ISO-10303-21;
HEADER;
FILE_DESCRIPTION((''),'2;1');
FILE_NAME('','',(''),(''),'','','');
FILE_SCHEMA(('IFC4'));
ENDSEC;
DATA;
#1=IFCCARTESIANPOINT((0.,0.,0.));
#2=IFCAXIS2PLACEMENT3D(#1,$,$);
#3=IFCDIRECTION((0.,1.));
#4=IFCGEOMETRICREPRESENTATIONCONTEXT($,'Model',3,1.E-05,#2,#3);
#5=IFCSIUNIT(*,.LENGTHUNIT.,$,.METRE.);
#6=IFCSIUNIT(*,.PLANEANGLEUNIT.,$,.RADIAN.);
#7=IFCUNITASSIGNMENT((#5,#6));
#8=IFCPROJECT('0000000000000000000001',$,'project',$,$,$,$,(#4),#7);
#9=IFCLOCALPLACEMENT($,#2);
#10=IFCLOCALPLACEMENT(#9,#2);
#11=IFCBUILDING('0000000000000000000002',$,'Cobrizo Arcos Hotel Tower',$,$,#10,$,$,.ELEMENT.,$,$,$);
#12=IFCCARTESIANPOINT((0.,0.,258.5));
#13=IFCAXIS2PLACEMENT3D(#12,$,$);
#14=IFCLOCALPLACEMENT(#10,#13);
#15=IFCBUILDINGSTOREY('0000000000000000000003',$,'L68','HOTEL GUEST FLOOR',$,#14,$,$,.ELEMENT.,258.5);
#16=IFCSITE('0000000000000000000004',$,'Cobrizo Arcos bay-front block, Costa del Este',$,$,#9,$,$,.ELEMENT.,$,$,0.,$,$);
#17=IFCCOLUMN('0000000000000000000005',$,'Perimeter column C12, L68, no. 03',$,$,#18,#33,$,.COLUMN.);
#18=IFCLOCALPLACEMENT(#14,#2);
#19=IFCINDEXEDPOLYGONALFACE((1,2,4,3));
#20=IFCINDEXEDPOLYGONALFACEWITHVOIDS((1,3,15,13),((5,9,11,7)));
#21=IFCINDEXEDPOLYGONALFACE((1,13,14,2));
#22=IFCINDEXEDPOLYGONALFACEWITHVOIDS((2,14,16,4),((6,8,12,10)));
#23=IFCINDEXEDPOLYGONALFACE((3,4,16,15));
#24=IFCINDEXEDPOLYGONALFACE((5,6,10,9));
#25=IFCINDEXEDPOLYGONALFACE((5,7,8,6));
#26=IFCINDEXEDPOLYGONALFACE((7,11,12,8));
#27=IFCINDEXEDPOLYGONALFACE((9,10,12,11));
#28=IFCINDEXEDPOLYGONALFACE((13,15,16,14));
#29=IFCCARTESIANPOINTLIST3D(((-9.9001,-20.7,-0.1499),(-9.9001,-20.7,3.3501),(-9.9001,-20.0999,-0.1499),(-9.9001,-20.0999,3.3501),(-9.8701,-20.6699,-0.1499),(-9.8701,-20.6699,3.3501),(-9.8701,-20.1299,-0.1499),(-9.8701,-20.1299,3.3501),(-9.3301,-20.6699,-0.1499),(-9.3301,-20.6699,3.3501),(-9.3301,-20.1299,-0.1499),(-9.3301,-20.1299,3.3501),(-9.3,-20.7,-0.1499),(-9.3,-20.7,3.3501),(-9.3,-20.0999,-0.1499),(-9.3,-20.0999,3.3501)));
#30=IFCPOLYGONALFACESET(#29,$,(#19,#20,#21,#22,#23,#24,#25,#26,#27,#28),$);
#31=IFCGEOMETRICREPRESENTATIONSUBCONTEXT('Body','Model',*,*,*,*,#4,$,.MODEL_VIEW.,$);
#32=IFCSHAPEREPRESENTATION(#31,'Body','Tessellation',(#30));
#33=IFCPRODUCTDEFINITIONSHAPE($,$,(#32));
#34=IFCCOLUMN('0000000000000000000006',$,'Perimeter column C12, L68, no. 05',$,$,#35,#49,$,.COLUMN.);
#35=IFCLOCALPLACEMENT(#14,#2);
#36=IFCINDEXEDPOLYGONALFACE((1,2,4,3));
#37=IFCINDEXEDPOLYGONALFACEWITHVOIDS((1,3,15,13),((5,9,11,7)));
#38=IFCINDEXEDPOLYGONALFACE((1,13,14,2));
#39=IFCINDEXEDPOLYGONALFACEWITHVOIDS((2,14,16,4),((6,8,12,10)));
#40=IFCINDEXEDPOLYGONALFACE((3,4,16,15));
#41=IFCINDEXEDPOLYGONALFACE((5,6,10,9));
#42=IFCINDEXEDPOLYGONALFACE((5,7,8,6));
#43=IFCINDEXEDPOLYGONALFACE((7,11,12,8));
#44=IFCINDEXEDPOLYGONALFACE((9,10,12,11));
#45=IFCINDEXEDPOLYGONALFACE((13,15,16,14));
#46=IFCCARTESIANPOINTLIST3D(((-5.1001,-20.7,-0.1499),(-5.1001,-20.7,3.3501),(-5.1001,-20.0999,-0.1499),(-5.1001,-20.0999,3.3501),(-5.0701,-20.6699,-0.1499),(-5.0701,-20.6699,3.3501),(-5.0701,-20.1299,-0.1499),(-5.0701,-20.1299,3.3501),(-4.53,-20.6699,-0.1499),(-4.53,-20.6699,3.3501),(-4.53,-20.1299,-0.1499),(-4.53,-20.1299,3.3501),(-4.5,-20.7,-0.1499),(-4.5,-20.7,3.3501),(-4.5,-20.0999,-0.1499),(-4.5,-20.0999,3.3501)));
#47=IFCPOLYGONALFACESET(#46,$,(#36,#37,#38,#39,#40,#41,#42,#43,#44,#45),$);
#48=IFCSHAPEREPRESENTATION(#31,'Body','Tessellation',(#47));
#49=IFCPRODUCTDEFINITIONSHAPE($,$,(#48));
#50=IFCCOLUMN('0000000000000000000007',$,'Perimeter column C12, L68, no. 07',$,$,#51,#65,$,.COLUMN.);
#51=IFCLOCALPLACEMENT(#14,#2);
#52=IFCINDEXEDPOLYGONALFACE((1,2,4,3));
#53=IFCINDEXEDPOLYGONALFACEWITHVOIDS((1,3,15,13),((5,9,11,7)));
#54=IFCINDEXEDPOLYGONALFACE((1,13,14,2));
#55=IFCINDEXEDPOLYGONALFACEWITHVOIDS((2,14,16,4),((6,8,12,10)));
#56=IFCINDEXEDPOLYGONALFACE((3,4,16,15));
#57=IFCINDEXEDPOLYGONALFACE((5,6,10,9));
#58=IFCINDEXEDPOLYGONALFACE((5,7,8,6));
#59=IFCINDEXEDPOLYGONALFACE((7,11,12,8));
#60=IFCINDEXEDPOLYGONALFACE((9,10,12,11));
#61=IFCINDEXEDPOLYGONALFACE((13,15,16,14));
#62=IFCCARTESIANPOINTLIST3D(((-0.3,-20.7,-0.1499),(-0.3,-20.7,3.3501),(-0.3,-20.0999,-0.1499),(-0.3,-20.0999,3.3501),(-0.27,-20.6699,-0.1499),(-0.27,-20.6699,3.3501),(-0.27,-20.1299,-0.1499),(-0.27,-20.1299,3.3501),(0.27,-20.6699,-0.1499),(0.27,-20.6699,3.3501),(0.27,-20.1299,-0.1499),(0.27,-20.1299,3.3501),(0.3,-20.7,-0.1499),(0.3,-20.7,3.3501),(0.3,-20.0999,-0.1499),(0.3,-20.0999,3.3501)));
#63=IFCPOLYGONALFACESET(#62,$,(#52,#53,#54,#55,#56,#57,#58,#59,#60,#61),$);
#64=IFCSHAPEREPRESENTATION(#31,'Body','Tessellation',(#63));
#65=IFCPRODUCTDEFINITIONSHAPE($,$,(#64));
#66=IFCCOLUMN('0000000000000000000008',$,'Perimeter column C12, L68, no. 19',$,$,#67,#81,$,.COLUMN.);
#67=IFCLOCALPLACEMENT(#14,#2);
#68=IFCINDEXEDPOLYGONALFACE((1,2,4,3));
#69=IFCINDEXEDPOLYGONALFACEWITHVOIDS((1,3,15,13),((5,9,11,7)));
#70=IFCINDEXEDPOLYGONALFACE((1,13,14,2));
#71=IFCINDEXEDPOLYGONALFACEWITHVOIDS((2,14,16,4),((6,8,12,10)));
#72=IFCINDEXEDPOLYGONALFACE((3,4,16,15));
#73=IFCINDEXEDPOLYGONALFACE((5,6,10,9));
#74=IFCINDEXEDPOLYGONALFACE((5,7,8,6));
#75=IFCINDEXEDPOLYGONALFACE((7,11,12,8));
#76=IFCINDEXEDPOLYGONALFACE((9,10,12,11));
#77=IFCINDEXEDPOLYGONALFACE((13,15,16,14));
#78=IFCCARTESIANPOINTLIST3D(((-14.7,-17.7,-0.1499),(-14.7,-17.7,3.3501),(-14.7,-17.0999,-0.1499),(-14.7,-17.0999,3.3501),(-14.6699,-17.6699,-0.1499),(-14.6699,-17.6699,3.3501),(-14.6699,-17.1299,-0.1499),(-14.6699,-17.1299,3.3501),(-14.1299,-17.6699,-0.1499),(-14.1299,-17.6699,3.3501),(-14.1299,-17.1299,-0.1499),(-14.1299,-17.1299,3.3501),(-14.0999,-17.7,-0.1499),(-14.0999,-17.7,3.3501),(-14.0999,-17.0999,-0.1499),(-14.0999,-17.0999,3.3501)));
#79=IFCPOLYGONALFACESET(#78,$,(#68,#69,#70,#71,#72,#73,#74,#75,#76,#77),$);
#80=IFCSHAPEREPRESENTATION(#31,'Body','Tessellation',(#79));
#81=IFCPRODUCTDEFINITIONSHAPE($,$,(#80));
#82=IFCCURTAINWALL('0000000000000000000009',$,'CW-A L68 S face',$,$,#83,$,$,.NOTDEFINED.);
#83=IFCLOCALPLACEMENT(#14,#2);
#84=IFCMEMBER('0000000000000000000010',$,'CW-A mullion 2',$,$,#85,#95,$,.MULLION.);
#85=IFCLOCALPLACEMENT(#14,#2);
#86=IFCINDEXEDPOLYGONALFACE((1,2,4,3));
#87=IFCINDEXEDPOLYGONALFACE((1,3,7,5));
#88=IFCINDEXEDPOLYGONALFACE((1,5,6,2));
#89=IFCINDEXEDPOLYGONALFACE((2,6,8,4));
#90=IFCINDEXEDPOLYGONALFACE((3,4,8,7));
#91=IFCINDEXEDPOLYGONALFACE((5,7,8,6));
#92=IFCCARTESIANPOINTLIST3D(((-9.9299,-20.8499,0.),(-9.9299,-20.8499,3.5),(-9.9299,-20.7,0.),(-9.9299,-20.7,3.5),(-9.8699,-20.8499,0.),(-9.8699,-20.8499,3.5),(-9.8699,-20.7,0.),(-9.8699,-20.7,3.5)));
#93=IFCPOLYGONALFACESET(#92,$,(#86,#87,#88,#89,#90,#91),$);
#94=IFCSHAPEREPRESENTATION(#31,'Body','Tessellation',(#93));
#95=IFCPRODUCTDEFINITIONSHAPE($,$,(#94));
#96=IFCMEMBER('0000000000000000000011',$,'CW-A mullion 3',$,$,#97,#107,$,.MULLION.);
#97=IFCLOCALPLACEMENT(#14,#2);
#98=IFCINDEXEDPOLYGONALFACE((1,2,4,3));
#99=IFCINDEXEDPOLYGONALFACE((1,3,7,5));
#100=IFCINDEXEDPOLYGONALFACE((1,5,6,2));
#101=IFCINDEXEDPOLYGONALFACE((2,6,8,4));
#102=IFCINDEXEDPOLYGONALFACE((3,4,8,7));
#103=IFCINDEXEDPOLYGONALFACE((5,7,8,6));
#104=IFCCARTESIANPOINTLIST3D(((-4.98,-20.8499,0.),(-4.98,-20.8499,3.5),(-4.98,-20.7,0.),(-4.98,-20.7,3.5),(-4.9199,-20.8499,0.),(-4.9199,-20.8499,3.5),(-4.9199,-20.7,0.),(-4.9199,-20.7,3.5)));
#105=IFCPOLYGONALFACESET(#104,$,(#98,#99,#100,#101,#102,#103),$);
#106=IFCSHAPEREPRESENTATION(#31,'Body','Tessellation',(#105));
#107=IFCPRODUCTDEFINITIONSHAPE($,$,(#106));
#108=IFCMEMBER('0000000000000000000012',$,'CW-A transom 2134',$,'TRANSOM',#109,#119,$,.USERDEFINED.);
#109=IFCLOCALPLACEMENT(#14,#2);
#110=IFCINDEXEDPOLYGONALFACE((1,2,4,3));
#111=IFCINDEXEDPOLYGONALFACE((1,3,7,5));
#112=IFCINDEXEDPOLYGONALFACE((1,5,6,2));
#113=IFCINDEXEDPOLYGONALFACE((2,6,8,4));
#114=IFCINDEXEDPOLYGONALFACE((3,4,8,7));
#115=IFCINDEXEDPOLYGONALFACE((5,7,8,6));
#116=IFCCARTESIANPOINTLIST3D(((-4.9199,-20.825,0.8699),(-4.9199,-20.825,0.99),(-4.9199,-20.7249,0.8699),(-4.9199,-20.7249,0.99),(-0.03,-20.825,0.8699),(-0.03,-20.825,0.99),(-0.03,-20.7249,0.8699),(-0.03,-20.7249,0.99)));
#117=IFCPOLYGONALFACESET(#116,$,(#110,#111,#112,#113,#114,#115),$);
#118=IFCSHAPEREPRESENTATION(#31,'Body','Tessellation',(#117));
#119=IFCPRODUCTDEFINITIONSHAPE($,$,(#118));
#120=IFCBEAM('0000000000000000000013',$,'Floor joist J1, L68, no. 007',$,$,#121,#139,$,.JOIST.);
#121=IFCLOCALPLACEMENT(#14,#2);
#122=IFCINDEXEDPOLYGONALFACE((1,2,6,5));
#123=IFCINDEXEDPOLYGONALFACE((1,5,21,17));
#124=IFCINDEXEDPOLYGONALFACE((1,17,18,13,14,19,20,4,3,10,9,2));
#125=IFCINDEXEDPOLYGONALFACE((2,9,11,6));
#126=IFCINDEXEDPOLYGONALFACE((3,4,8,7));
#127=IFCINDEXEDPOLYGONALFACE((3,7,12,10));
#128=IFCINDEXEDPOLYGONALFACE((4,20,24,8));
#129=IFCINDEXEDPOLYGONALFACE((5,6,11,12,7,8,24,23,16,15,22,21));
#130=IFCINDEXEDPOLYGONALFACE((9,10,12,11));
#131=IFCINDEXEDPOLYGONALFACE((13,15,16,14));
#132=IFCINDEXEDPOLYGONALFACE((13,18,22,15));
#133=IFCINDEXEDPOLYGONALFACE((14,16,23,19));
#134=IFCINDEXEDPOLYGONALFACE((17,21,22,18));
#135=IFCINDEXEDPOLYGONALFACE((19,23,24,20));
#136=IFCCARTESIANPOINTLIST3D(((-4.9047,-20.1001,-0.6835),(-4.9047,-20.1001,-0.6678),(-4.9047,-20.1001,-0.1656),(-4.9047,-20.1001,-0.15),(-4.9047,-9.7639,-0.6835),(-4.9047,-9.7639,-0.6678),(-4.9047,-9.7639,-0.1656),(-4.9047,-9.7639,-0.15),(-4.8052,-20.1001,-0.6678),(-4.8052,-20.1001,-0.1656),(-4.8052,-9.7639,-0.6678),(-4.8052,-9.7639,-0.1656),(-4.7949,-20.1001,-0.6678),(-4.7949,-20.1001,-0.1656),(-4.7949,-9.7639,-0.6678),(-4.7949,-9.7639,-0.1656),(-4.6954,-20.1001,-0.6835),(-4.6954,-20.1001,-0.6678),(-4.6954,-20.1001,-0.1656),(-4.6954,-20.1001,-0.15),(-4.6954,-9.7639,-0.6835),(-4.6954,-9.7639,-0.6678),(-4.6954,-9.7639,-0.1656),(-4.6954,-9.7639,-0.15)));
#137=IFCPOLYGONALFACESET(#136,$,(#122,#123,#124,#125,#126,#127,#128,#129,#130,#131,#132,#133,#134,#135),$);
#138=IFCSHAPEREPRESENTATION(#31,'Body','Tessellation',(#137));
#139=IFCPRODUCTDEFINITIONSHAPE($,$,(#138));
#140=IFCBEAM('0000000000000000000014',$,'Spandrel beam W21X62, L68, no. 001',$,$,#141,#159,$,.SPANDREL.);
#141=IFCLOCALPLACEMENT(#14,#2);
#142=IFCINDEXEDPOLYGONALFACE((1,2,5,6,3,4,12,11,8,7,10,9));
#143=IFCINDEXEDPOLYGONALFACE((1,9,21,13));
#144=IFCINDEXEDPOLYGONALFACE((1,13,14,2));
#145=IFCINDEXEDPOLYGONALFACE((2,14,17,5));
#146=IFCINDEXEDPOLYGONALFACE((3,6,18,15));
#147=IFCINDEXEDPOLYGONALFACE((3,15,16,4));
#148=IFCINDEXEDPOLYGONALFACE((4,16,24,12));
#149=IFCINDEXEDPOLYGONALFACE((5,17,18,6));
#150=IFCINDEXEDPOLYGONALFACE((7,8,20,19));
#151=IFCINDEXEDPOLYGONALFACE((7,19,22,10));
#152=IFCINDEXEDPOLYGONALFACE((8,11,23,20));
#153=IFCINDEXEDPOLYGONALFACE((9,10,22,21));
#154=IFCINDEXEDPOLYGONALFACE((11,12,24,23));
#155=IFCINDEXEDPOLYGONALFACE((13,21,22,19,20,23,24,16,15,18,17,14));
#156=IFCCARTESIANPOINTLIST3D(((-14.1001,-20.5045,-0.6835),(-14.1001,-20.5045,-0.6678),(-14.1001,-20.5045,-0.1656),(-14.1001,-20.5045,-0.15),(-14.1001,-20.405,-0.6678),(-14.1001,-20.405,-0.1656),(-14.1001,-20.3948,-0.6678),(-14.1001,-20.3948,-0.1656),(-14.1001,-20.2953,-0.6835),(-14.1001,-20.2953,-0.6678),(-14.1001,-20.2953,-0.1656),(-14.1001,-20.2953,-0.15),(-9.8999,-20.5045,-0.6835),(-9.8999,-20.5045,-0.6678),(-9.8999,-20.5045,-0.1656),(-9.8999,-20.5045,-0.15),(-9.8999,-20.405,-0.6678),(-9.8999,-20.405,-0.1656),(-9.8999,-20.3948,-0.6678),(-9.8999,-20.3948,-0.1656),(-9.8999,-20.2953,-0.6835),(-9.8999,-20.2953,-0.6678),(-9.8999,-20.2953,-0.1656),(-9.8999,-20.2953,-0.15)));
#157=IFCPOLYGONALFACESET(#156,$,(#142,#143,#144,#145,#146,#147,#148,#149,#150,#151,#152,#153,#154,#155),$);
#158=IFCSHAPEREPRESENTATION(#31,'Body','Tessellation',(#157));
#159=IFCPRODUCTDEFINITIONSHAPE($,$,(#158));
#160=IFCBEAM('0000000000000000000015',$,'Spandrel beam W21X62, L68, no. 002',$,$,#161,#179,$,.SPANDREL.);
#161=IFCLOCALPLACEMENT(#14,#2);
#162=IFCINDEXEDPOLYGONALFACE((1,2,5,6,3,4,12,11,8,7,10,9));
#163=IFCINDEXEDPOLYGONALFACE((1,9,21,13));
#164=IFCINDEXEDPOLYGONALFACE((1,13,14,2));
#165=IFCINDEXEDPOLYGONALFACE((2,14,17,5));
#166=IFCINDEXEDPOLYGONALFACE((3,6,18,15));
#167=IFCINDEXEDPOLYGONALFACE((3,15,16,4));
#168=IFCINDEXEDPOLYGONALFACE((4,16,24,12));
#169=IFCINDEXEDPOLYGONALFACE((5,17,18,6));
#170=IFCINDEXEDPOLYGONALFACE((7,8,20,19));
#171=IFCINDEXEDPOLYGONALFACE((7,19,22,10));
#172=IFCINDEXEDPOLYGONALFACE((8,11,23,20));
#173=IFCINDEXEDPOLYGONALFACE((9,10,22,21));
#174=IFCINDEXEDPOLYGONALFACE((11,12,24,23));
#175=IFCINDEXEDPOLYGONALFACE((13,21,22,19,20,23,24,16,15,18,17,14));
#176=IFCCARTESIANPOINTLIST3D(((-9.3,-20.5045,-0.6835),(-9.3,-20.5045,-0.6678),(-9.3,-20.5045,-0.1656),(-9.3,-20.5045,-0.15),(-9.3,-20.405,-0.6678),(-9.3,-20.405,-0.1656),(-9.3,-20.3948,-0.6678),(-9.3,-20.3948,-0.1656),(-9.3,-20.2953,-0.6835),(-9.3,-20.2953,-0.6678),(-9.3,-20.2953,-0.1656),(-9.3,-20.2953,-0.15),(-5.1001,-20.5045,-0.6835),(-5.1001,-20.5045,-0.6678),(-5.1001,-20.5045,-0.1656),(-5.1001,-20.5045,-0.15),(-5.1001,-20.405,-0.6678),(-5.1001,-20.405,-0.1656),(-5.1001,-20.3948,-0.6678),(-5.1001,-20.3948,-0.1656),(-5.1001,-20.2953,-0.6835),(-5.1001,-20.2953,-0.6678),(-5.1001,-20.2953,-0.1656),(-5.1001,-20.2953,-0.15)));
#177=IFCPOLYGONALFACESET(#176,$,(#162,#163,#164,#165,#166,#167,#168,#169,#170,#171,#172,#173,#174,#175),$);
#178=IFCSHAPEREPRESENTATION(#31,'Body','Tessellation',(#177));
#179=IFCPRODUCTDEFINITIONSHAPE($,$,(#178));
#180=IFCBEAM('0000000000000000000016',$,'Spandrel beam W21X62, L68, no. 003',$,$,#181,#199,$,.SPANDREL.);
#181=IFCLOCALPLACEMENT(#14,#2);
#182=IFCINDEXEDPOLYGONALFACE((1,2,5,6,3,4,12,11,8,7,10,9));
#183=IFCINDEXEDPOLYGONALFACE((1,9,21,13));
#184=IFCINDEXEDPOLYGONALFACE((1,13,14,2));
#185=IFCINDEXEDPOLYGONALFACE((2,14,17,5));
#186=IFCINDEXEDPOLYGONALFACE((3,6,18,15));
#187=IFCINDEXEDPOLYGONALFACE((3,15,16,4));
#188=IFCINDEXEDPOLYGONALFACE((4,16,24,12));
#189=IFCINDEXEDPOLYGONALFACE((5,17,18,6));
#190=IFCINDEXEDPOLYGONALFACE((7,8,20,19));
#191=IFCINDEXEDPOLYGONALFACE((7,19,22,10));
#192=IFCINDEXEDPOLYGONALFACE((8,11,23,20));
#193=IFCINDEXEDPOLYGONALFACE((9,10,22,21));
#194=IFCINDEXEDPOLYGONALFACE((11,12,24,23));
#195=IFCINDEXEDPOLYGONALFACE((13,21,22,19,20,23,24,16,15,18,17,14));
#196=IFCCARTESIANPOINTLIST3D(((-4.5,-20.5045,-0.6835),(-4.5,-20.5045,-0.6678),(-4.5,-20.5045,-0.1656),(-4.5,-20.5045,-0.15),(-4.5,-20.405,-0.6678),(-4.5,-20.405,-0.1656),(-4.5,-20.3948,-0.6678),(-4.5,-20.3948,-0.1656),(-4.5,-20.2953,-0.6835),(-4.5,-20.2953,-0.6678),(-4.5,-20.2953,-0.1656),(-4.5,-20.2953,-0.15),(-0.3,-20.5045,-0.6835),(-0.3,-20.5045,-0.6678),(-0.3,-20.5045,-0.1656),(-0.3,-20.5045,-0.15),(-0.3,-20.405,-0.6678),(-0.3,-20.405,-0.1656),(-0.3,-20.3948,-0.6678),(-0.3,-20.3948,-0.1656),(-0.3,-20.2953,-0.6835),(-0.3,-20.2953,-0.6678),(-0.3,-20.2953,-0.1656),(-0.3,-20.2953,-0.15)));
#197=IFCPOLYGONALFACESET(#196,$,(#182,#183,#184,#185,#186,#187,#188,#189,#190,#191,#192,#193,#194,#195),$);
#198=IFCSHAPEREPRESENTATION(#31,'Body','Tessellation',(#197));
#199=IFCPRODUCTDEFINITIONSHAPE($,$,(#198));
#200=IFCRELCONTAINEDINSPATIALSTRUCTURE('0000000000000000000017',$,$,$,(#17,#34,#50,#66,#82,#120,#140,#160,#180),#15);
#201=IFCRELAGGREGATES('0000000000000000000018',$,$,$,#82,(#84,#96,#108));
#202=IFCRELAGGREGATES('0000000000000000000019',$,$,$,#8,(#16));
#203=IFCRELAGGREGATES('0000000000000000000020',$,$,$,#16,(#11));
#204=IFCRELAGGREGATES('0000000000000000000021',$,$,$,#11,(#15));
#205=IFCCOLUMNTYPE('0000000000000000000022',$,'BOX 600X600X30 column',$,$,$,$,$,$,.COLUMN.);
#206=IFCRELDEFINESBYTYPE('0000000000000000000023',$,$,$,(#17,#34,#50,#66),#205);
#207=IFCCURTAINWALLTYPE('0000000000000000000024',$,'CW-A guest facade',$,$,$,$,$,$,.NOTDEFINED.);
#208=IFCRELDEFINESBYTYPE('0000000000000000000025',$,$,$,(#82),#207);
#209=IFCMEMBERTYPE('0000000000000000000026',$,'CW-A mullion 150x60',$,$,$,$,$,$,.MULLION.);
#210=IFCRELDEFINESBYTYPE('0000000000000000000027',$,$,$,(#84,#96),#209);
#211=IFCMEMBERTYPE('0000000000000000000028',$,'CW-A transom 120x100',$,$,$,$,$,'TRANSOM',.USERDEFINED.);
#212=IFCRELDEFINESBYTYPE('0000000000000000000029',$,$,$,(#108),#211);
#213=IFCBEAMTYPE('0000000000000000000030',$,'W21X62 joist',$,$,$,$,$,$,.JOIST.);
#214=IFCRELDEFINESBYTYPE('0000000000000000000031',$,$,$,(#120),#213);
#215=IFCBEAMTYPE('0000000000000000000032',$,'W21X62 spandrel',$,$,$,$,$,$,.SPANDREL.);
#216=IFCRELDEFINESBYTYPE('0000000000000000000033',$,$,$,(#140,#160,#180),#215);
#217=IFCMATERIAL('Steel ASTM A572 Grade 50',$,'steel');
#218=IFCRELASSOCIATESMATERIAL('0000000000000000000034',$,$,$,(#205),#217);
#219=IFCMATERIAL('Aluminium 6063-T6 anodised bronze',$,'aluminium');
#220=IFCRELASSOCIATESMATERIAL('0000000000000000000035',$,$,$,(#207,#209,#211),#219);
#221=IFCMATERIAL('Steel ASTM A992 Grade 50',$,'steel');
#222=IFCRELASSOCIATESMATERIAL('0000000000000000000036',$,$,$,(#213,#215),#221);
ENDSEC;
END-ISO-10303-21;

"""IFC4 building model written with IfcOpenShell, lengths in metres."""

from ifc_helpers import new_model, si_unit, direction, frame, origin, origin_2d, place, context, subcontext, project, spatial, rectangle, hollow_rectangle, i_section, extrude, material, material_profile, profile_set, type_object, element, aggregate, save


model = new_model("IFC4")

# Units and contexts
model_context = context("Model", 3, precision=1e-05, world=origin(), true_north=direction((0.0, 1.0)))
body_context = subcontext(model_context, "Body", "Model", "MODEL_VIEW")
ifc_project = project(units=[si_unit("LENGTHUNIT", "METRE"), si_unit("PLANEANGLEUNIT", "RADIAN")], contexts=[model_context])

# Site, building, storey
site_placement = place(None, origin())
site = spatial("IfcSite", under=ifc_project, at=site_placement, Name="Cobrizo Arcos bay-front block, Costa del Este", CompositionType="ELEMENT", RefElevation=0.0)
building_placement = place(site_placement, origin())
building = spatial("IfcBuilding", under=site, at=building_placement, Name="Cobrizo Arcos Hotel Tower", CompositionType="ELEMENT")
storey_placement = place(building_placement, frame((0.0, 0.0, 258.5)))
storey = spatial("IfcBuildingStorey", under=building, at=storey_placement, Name="L68", Description="HOTEL GUEST FLOOR", CompositionType="ELEMENT", Elevation=258.5)

# Columns
ifc_material_1 = material(Name="Steel ASTM A572 Grade 50", Category="steel")
ifc_material_profile_1 = material_profile(ifc_material_1, hollow_rectangle(XDim=0.6001, YDim=0.6001, WallThickness=0.03, at=origin_2d()), Name="BOX 600X600X30")
ifc_profile_set_1 = profile_set([ifc_material_profile_1], Name="Steel ASTM A572 Grade 50")
column_type = type_object("IfcColumnType", Name="BOX 600X600X30 column", PredefinedType="COLUMN", material=ifc_profile_set_1)
for number, where, z_axis, x_axis, name in (
    (1, (-9.6001, -20.3999, -0.1499), (0.0, 0.0, 1.0), (1.0, 0.0, 0.0), "Perimeter column C12, L68, no. 03"),
    (2, (-4.8, -20.3999, -0.1499), (0.0, 0.0, 1.0), (1.0, 0.0, 0.0), "Perimeter column C12, L68, no. 05"),
    (3, (0.0, -20.3999, -0.1499), (0.0, 0.0, 1.0), (1.0, 0.0, 0.0), "Perimeter column C12, L68, no. 07"),
    (4, (-14.3999, -17.3999, -0.1499), (0.0, 0.0, 1.0), (1.0, 0.0, 0.0), "Perimeter column C12, L68, no. 19"),
):
    element("IfcColumn", number, at=place(storey_placement, frame(where, z_axis=z_axis, x_axis=x_axis)), inside=storey, type_object=column_type, Name=name, PredefinedType="COLUMN", context=body_context, shape_type="SweptSolid", body=[
        extrude(hollow_rectangle(XDim=0.6001, YDim=0.6001, WallThickness=0.03, at=origin_2d()), origin(), (0.0, 0.0, 1.0), 3.5),
    ])

# Curtain wall, members
ifc_material_2 = material(Name="Aluminium 6063-T6 anodised bronze", Category="aluminium")
curtain_wall_type = type_object("IfcCurtainWallType", Name="CW-A guest facade", PredefinedType="NOTDEFINED", material=ifc_material_2)
curtain_wall_placement = place(storey_placement, origin())
curtain_wall = element("IfcCurtainWall", 5, at=curtain_wall_placement, inside=storey, type_object=curtain_wall_type, Name="CW-A L68 S face", PredefinedType="NOTDEFINED")
ifc_material_profile_2 = material_profile(ifc_material_2, rectangle(XDim=0.1499, YDim=0.0601, at=origin_2d()), Name="CW-A mullion 150x60")
ifc_profile_set_2 = profile_set([ifc_material_profile_2], Name="Aluminium 6063-T6 anodised bronze")
member_type_1 = type_object("IfcMemberType", Name="CW-A mullion 150x60", PredefinedType="MULLION", material=ifc_profile_set_2)
member_1_placement = place(storey_placement, frame((-9.8999, -20.7749, 0.0), z_axis=(0.0, 0.0, 1.0), x_axis=(0.0, -1.0, 0.0)))
member_1 = element("IfcMember", 6, at=member_1_placement, type_object=member_type_1, Name="CW-A mullion 2", PredefinedType="MULLION", context=body_context, shape_type="SweptSolid", body=[
    extrude(rectangle(XDim=0.1499, YDim=0.0601, at=origin_2d()), origin(), (0.0, 0.0, 1.0), 3.5),
])
member_2_placement = place(storey_placement, frame((-4.95, -20.7749, 0.0), z_axis=(0.0, 0.0, 1.0), x_axis=(0.0, -1.0, 0.0)))
member_2 = element("IfcMember", 7, at=member_2_placement, type_object=member_type_1, Name="CW-A mullion 3", PredefinedType="MULLION", context=body_context, shape_type="SweptSolid", body=[
    extrude(rectangle(XDim=0.1499, YDim=0.0601, at=origin_2d()), origin(), (0.0, 0.0, 1.0), 3.5),
])
ifc_material_profile_3 = material_profile(ifc_material_2, rectangle(XDim=0.1001, YDim=0.1201, at=origin_2d()), Name="CW-A transom 120x100")
ifc_profile_set_3 = profile_set([ifc_material_profile_3], Name="Aluminium 6063-T6 anodised bronze")
member_type_2 = type_object("IfcMemberType", Name="CW-A transom 120x100", ElementType="TRANSOM", PredefinedType="USERDEFINED", material=ifc_profile_set_3)
member_3_placement = place(storey_placement, frame((-4.9199, -20.7749, 0.9299), z_axis=(1.0, 0.0, 0.0), x_axis=(0.0, 1.0, 0.0)))
member_3 = element("IfcMember", 8, at=member_3_placement, type_object=member_type_2, Name="CW-A transom 2134", ObjectType="TRANSOM", PredefinedType="USERDEFINED", context=body_context, shape_type="SweptSolid", body=[
    extrude(rectangle(XDim=0.1001, YDim=0.1201, at=origin_2d()), origin(), (0.0, 0.0, 1.0), 4.8899),
])

# Beams
ifc_material_3 = material(Name="Steel ASTM A992 Grade 50", Category="steel")
ifc_material_profile_4 = material_profile(ifc_material_3, i_section(OverallWidth=0.2092, OverallDepth=0.5334, WebThickness=0.0103, FlangeThickness=0.0156, at=origin_2d()), Name="W21X62")
ifc_profile_set_4 = profile_set([ifc_material_profile_4], Name="Steel ASTM A992 Grade 50")
beam_type_1 = type_object("IfcBeamType", Name="W21X62 joist", PredefinedType="JOIST", material=ifc_profile_set_4)
beam_1_placement = place(storey_placement, frame((-4.8, -20.1001, -0.4167), z_axis=(0.0, 1.0, 0.0), x_axis=(-1.0, 0.0, 0.0)))
element("IfcBeam", 9, at=beam_1_placement, inside=storey, type_object=beam_type_1, Name="Floor joist J1, L68, no. 007", PredefinedType="JOIST", context=body_context, shape_type="SweptSolid", body=[
    extrude(i_section(OverallWidth=0.2092, OverallDepth=0.5334, WebThickness=0.0103, FlangeThickness=0.0156, at=origin_2d()), origin(), (0.0, 0.0, 1.0), 10.3362),
])
ifc_material_profile_5 = material_profile(ifc_material_3, i_section(OverallWidth=0.2092, OverallDepth=0.5334, WebThickness=0.0103, FlangeThickness=0.0156, at=origin_2d()), Name="W21X62")
ifc_profile_set_5 = profile_set([ifc_material_profile_5], Name="Steel ASTM A992 Grade 50")
beam_type_2 = type_object("IfcBeamType", Name="W21X62 spandrel", PredefinedType="SPANDREL", material=ifc_profile_set_5)
beam_2_placement = place(storey_placement, frame((-14.1001, -20.3999, -0.4167), z_axis=(1.0, 0.0, 0.0), x_axis=(0.0, 1.0, 0.0)))
element("IfcBeam", 10, at=beam_2_placement, inside=storey, type_object=beam_type_2, Name="Spandrel beam W21X62, L68, no. 001", PredefinedType="SPANDREL", context=body_context, shape_type="SweptSolid", body=[
    extrude(i_section(OverallWidth=0.2092, OverallDepth=0.5334, WebThickness=0.0103, FlangeThickness=0.0156, at=origin_2d()), origin(), (0.0, 0.0, 1.0), 4.2002),
])
for number, where, z_axis, x_axis, name in (
    (11, (-9.3, -20.3999, -0.4167), (1.0, 0.0, 0.0), (0.0, 1.0, 0.0), "Spandrel beam W21X62, L68, no. 002"),
    (12, (-4.5, -20.3999, -0.4167), (1.0, 0.0, 0.0), (0.0, 1.0, 0.0), "Spandrel beam W21X62, L68, no. 003"),
):
    element("IfcBeam", number, at=place(storey_placement, frame(where, z_axis=z_axis, x_axis=x_axis)), inside=storey, type_object=beam_type_2, Name=name, PredefinedType="SPANDREL", context=body_context, shape_type="SweptSolid", body=[
        extrude(i_section(OverallWidth=0.2092, OverallDepth=0.5334, WebThickness=0.0103, FlangeThickness=0.0156, at=origin_2d()), origin(), (0.0, 0.0, 1.0), 4.2),
    ])

aggregate(curtain_wall, [member_1, member_2, member_3])

save(model, "model.ifc")
